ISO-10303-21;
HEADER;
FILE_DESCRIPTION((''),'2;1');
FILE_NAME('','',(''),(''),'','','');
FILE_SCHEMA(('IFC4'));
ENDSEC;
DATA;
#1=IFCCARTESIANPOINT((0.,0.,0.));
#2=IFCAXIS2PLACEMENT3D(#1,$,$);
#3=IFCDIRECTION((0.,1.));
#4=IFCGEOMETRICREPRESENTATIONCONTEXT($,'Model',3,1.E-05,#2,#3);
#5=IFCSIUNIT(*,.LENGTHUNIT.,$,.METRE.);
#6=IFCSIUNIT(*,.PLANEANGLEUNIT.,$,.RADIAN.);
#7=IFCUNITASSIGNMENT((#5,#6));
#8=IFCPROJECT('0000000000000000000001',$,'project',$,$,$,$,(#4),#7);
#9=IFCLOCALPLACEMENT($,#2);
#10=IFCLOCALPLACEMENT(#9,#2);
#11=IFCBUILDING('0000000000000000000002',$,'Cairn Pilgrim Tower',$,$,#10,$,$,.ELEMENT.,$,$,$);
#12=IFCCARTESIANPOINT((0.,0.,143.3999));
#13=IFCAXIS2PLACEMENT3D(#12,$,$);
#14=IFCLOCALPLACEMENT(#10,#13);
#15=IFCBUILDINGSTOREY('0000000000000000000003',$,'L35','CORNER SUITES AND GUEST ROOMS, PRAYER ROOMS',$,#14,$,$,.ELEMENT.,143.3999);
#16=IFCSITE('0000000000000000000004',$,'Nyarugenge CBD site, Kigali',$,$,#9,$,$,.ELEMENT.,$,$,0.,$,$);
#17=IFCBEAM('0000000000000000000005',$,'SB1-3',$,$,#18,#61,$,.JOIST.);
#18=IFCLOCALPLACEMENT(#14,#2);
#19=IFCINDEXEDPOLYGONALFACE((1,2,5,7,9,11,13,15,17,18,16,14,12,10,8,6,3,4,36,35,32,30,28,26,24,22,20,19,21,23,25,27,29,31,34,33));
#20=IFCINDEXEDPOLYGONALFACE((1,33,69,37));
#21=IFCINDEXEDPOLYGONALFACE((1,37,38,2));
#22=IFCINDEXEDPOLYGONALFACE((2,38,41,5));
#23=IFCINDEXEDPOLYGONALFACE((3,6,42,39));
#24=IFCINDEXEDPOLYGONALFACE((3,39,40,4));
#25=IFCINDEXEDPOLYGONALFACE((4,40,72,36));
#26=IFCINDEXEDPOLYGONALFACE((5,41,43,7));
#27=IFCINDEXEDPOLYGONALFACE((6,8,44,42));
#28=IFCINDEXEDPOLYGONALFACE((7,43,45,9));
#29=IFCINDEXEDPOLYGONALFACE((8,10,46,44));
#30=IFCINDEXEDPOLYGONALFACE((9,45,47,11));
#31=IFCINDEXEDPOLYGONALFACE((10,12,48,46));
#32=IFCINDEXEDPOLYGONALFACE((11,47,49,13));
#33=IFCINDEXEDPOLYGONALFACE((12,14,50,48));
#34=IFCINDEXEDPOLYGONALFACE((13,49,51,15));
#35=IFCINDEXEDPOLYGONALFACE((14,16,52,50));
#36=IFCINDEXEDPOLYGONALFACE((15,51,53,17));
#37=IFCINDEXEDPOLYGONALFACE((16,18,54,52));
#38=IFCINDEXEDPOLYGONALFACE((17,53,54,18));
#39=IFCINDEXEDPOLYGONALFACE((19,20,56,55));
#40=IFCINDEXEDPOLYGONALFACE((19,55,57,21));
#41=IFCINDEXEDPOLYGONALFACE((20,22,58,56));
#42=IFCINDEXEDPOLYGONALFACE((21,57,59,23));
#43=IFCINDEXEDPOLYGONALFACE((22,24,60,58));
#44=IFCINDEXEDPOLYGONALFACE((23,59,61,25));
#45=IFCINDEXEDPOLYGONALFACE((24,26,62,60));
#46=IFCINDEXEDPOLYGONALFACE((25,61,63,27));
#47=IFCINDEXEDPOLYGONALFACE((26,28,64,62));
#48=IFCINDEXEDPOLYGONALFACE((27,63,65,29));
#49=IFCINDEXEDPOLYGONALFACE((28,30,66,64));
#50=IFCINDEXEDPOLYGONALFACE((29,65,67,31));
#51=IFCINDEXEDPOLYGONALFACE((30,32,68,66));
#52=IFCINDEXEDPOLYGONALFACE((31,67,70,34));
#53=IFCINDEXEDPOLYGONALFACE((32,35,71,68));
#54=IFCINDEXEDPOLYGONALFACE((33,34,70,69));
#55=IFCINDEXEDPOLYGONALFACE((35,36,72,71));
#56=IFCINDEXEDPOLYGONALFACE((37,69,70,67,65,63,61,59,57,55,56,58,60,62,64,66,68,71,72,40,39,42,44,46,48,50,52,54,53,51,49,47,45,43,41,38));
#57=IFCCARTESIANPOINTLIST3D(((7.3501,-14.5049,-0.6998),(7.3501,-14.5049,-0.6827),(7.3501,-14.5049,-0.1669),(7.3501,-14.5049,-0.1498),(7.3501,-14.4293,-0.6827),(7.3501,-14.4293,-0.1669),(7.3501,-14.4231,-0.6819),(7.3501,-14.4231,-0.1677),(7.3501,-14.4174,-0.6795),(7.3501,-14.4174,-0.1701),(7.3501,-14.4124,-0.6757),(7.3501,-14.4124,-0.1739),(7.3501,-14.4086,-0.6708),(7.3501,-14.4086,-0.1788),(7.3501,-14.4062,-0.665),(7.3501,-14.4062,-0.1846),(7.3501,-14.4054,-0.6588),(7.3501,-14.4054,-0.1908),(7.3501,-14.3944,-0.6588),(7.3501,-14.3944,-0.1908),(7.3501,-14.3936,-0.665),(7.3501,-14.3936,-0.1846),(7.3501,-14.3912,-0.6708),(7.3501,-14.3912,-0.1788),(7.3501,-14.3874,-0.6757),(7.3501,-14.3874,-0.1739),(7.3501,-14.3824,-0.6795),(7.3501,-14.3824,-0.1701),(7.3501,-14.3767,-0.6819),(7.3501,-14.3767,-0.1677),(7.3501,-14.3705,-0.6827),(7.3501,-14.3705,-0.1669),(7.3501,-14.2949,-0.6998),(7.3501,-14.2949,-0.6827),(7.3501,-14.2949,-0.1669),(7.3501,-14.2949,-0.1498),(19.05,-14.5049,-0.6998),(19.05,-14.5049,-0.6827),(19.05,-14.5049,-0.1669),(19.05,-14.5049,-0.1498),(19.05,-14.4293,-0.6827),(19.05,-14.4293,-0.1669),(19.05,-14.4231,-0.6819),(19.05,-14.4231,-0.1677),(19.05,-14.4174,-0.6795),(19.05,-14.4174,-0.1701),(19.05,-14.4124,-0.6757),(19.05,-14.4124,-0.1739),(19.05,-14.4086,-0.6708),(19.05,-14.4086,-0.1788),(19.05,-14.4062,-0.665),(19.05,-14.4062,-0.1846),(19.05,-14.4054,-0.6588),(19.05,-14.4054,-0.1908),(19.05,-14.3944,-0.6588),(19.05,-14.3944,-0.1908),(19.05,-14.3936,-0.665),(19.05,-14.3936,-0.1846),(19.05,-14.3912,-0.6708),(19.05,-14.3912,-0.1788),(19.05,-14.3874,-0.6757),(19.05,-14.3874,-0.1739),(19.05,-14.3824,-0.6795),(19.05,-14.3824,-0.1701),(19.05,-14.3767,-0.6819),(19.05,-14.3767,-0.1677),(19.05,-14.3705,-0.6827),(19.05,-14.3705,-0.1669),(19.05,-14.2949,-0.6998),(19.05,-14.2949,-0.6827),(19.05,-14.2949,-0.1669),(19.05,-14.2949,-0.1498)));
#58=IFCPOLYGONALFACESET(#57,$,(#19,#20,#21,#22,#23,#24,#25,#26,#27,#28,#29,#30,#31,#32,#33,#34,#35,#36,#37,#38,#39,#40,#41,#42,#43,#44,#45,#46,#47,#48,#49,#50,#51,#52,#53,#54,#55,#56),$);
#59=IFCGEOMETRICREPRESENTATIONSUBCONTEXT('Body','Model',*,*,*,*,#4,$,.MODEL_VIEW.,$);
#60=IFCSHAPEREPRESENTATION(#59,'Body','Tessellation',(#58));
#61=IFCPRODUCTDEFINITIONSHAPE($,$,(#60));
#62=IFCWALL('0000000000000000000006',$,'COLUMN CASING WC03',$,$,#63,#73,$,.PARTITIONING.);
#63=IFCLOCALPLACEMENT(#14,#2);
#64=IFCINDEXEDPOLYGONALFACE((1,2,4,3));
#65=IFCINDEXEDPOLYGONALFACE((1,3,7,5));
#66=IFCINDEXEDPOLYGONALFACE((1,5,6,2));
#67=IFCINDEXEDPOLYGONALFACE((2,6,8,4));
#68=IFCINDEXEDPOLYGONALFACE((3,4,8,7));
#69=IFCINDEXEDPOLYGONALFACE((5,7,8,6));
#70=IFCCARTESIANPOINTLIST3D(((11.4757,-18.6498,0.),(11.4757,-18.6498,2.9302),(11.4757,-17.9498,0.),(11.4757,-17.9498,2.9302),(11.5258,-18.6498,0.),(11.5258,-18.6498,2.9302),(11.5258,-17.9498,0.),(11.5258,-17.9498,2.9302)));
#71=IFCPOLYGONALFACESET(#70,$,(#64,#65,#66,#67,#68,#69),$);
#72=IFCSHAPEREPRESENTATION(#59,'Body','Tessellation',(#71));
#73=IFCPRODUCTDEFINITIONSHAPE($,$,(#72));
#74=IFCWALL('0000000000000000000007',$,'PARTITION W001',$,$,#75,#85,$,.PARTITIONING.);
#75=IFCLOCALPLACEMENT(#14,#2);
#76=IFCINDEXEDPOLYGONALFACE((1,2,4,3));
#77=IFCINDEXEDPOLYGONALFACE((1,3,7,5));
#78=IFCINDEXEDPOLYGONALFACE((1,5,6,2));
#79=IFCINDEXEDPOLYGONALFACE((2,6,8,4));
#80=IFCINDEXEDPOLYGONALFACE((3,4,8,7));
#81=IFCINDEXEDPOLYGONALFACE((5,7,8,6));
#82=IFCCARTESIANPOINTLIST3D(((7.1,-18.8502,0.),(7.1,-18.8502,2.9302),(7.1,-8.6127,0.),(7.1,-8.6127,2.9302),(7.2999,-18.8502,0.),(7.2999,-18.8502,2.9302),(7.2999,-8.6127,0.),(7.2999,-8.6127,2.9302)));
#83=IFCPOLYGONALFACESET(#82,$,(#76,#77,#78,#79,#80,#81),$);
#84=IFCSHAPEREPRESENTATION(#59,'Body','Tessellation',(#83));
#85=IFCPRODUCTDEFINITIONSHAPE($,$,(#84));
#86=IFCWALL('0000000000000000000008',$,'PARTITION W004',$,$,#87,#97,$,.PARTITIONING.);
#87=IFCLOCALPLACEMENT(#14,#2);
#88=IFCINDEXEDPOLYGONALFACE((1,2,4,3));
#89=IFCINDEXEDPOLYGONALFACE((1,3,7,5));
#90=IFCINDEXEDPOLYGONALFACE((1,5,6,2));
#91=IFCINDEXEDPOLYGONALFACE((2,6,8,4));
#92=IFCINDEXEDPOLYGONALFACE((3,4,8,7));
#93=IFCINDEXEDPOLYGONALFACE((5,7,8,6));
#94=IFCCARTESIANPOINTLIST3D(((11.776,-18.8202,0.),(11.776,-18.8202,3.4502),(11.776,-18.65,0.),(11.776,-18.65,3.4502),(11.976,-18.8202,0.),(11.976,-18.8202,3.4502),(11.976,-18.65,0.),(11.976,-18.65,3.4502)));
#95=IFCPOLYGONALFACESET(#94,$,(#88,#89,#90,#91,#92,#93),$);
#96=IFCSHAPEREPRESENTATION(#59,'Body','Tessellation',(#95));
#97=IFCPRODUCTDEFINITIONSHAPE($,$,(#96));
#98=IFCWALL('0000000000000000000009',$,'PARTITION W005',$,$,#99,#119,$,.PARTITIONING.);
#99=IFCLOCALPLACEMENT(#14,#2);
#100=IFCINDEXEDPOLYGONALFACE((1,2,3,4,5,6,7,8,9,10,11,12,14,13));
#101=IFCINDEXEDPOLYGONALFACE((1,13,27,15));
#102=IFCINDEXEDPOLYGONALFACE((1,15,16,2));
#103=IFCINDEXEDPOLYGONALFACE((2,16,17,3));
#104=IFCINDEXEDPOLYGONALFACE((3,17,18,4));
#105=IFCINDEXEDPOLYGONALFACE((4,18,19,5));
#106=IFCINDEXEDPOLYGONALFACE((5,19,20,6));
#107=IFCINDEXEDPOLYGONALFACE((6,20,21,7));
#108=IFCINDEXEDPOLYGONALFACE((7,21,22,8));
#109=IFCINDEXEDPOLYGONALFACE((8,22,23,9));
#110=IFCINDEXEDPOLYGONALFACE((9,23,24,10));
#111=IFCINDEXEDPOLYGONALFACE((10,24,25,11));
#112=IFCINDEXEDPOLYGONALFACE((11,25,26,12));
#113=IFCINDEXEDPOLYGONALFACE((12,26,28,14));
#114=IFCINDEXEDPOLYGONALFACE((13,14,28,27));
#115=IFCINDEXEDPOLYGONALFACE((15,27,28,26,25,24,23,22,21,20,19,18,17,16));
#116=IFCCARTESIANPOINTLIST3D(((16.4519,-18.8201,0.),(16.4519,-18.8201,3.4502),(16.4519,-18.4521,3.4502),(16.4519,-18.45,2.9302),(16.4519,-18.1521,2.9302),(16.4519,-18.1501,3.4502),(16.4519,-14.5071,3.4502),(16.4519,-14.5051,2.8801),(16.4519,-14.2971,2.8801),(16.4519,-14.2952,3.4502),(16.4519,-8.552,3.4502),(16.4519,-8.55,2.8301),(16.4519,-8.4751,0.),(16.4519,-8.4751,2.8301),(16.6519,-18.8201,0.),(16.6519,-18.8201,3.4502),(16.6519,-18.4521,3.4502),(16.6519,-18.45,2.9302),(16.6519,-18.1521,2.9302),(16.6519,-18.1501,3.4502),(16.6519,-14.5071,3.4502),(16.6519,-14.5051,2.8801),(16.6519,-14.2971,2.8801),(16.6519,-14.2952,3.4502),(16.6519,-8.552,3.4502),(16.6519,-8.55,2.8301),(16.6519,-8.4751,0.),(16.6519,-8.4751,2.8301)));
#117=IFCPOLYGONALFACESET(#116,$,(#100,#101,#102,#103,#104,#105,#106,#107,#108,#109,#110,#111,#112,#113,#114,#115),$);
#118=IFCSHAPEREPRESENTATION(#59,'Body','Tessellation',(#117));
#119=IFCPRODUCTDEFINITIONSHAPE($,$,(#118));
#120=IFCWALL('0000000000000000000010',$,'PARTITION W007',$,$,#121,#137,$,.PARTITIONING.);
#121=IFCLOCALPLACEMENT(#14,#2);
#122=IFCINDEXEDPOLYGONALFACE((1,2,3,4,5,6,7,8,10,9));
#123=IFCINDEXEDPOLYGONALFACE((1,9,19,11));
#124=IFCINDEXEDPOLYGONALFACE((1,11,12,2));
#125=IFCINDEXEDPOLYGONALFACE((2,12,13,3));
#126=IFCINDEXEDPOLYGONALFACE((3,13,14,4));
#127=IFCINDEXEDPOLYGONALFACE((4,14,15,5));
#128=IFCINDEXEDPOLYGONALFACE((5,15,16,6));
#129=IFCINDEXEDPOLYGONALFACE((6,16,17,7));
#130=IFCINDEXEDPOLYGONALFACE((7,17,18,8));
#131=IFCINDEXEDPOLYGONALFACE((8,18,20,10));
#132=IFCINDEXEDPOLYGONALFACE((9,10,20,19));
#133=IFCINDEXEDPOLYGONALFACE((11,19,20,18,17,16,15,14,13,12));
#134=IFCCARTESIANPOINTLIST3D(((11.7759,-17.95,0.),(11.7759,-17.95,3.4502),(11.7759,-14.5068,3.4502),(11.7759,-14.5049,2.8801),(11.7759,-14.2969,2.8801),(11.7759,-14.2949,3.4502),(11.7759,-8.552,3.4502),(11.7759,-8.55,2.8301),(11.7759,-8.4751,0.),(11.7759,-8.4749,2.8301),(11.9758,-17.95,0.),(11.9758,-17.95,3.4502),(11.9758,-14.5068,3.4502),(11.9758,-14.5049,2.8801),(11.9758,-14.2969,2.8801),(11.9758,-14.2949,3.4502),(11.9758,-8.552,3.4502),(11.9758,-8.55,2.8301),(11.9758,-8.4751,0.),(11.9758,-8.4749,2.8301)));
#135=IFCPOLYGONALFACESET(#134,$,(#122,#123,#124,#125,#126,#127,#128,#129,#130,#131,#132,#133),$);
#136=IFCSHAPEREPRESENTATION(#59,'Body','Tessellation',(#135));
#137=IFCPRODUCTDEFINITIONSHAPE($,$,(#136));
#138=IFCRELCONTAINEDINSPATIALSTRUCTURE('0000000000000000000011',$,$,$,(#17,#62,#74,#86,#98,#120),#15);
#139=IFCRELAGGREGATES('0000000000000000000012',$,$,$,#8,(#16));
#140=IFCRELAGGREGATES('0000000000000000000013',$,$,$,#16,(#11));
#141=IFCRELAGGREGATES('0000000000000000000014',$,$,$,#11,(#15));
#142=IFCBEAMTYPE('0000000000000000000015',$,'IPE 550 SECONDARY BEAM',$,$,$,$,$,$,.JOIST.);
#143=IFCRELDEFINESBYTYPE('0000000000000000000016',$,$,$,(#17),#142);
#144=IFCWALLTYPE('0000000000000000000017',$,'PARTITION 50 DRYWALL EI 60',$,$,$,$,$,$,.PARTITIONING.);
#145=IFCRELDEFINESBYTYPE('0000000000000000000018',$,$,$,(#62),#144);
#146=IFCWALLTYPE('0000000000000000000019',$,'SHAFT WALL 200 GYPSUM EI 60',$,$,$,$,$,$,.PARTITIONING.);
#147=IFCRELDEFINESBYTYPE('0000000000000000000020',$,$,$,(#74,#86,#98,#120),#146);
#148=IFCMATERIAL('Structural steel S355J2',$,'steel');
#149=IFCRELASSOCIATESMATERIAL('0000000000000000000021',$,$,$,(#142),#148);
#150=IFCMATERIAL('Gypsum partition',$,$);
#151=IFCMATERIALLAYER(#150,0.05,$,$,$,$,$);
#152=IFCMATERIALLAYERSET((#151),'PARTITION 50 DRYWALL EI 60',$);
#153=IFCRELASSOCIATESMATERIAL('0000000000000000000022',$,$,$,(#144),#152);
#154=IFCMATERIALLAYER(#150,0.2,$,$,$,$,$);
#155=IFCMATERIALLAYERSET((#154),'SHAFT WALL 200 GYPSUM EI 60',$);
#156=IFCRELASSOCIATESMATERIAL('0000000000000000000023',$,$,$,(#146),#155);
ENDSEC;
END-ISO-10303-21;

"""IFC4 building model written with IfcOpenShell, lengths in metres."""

from ifc_helpers import new_model, si_unit, direction, frame, frame_2d, origin, origin_2d, place, context, subcontext, project, spatial, polyline, rectangle, i_section, outline, extrude, material, layer, layer_set, material_profile, profile_set, type_object, element, save


model = new_model("IFC4")

# Units and contexts
model_context = context("Model", 3, precision=1e-05, world=origin(), true_north=direction((0.0, 1.0)))
body_context = subcontext(model_context, "Body", "Model", "MODEL_VIEW")
ifc_project = project(units=[si_unit("LENGTHUNIT", "METRE"), si_unit("PLANEANGLEUNIT", "RADIAN")], contexts=[model_context])

# Site, building, storey
site_placement = place(None, origin())
site = spatial("IfcSite", under=ifc_project, at=site_placement, Name="Nyarugenge CBD site, Kigali", CompositionType="ELEMENT", RefElevation=0.0)
building_placement = place(site_placement, origin())
building = spatial("IfcBuilding", under=site, at=building_placement, Name="Cairn Pilgrim Tower", CompositionType="ELEMENT")
storey_placement = place(building_placement, frame((0.0, 0.0, 143.3999)))
storey = spatial("IfcBuildingStorey", under=building, at=storey_placement, Name="L35", Description="CORNER SUITES AND GUEST ROOMS, PRAYER ROOMS", CompositionType="ELEMENT", Elevation=143.3999)

# Beam
ifc_material_1 = material(Name="Structural steel S355J2", Category="steel")
ifc_material_profile_1 = material_profile(ifc_material_1, i_section(OverallWidth=0.21, OverallDepth=0.55, WebThickness=0.011, FlangeThickness=0.0171, FilletRadius=0.0239, at=origin_2d()), Name="IPE 550")
ifc_profile_set_1 = profile_set([ifc_material_profile_1], Name="Structural steel S355J2")
beam_type_1 = type_object("IfcBeamType", Name="IPE 550 SECONDARY BEAM", PredefinedType="JOIST", material=ifc_profile_set_1)
beam_1_placement = place(storey_placement, frame((7.3501, -14.3999, -0.4248), z_axis=(1.0, 0.0, 0.0), x_axis=(0.0, 1.0, 0.0)))
element("IfcBeam", 1, at=beam_1_placement, inside=storey, type_object=beam_type_1, Name="SB1-3", PredefinedType="JOIST", context=body_context, shape_type="SweptSolid", body=[
    extrude(i_section(OverallWidth=0.21, OverallDepth=0.55, WebThickness=0.011, FlangeThickness=0.0171, FilletRadius=0.0239, at=origin_2d()), origin(), (0.0, 0.0, 1.0), 11.7),
])

# Walls
ifc_material_2 = material(Name="Gypsum partition")
ifc_layer_1 = layer(ifc_material_2, 0.05)
ifc_layer_set_1 = layer_set([ifc_layer_1], Name="PARTITION 50 DRYWALL EI 60")
wall_type_1 = type_object("IfcWallType", Name="PARTITION 50 DRYWALL EI 60", PredefinedType="PARTITIONING", material=ifc_layer_set_1)
wall_1_placement = place(storey_placement, frame((11.5007, -18.6499, 0.0), z_axis=(0.0, 0.0, 1.0), x_axis=(0.0, 1.0, 0.0)))
element("IfcWall", 2, at=wall_1_placement, inside=storey, type_object=wall_type_1, Name="COLUMN CASING WC03", PredefinedType="PARTITIONING", context=body_context, shape_type="SweptSolid", body=[
    extrude(rectangle(XDim=0.7, YDim=0.05, at=frame_2d((0.3501, 0.0))), origin(), (0.0, 0.0, 1.0), 2.9302),
])
ifc_layer_2 = layer(ifc_material_2, 0.2)
ifc_layer_set_2 = layer_set([ifc_layer_2], Name="SHAFT WALL 200 GYPSUM EI 60")
wall_type_2 = type_object("IfcWallType", Name="SHAFT WALL 200 GYPSUM EI 60", PredefinedType="PARTITIONING", material=ifc_layer_set_2)
wall_2_placement = place(storey_placement, frame((7.2, -18.8501, 0.0), z_axis=(0.0, 0.0, 1.0), x_axis=(0.0, 1.0, 0.0)))
element("IfcWall", 3, at=wall_2_placement, inside=storey, type_object=wall_type_2, Name="PARTITION W001", PredefinedType="PARTITIONING", context=body_context, shape_type="SweptSolid", body=[
    extrude(rectangle(XDim=10.2375, YDim=0.2, at=frame_2d((5.1187, 0.0))), origin(), (0.0, 0.0, 1.0), 2.9302),
])
wall_3_placement = place(storey_placement, frame((11.876, -18.8201, 0.0), z_axis=(0.0, 0.0, 1.0), x_axis=(0.0, 1.0, 0.0)))
element("IfcWall", 4, at=wall_3_placement, inside=storey, type_object=wall_type_2, Name="PARTITION W004", PredefinedType="PARTITIONING", context=body_context, shape_type="SweptSolid", body=[
    extrude(rectangle(XDim=0.1702, YDim=0.2, at=frame_2d((0.085, 0.0))), origin(), (0.0, 0.0, 1.0), 3.4502),
])
wall_4_placement = place(storey_placement, frame((16.552, -18.8201, 0.0), z_axis=(0.0, 0.0, 1.0), x_axis=(0.0, 1.0, 0.0)))
element("IfcWall", 5, at=wall_4_placement, inside=storey, type_object=wall_type_2, Name="PARTITION W005", PredefinedType="PARTITIONING", context=body_context, shape_type="SweptSolid", body=[
    extrude(outline(polyline([(0.0, 0.0), (10.345, 0.0), (10.345, 2.8301), (10.27, 2.8301), (10.2681, 3.4502), (4.5249, 3.4502), (4.5229, 2.8801), (4.3149, 2.8801), (4.313, 3.4502), (0.6699, 3.4502), (0.668, 2.9302), (0.3701, 2.9302), (0.3679, 3.4502), (0.0, 3.4502), (0.0, 0.0)])), frame((0.0, 0.1001, 0.0), z_axis=(0.0, -1.0, 0.0), x_axis=(1.0, 0.0, 0.0)), (0.0, 0.0, 1.0), 0.2),
])
wall_5_placement = place(storey_placement, frame((11.876, -17.95, 0.0), z_axis=(0.0, 0.0, 1.0), x_axis=(0.0, 1.0, 0.0)))
element("IfcWall", 6, at=wall_5_placement, inside=storey, type_object=wall_type_2, Name="PARTITION W007", PredefinedType="PARTITIONING", context=body_context, shape_type="SweptSolid", body=[
    extrude(outline(polyline([(0.0, 0.0), (9.4749, 0.0), (9.4751, 2.8301), (9.3999, 2.8301), (9.3979, 3.4502), (3.655, 3.4502), (3.6531, 2.8801), (3.4451, 2.8801), (3.4431, 3.4502), (0.0, 3.4502), (0.0, 0.0)])), frame((0.0, 0.1001, 0.0), z_axis=(0.0, -1.0, 0.0), x_axis=(1.0, 0.0, 0.0)), (0.0, 0.0, 1.0), 0.2),
])

save(model, "model.ifc")
